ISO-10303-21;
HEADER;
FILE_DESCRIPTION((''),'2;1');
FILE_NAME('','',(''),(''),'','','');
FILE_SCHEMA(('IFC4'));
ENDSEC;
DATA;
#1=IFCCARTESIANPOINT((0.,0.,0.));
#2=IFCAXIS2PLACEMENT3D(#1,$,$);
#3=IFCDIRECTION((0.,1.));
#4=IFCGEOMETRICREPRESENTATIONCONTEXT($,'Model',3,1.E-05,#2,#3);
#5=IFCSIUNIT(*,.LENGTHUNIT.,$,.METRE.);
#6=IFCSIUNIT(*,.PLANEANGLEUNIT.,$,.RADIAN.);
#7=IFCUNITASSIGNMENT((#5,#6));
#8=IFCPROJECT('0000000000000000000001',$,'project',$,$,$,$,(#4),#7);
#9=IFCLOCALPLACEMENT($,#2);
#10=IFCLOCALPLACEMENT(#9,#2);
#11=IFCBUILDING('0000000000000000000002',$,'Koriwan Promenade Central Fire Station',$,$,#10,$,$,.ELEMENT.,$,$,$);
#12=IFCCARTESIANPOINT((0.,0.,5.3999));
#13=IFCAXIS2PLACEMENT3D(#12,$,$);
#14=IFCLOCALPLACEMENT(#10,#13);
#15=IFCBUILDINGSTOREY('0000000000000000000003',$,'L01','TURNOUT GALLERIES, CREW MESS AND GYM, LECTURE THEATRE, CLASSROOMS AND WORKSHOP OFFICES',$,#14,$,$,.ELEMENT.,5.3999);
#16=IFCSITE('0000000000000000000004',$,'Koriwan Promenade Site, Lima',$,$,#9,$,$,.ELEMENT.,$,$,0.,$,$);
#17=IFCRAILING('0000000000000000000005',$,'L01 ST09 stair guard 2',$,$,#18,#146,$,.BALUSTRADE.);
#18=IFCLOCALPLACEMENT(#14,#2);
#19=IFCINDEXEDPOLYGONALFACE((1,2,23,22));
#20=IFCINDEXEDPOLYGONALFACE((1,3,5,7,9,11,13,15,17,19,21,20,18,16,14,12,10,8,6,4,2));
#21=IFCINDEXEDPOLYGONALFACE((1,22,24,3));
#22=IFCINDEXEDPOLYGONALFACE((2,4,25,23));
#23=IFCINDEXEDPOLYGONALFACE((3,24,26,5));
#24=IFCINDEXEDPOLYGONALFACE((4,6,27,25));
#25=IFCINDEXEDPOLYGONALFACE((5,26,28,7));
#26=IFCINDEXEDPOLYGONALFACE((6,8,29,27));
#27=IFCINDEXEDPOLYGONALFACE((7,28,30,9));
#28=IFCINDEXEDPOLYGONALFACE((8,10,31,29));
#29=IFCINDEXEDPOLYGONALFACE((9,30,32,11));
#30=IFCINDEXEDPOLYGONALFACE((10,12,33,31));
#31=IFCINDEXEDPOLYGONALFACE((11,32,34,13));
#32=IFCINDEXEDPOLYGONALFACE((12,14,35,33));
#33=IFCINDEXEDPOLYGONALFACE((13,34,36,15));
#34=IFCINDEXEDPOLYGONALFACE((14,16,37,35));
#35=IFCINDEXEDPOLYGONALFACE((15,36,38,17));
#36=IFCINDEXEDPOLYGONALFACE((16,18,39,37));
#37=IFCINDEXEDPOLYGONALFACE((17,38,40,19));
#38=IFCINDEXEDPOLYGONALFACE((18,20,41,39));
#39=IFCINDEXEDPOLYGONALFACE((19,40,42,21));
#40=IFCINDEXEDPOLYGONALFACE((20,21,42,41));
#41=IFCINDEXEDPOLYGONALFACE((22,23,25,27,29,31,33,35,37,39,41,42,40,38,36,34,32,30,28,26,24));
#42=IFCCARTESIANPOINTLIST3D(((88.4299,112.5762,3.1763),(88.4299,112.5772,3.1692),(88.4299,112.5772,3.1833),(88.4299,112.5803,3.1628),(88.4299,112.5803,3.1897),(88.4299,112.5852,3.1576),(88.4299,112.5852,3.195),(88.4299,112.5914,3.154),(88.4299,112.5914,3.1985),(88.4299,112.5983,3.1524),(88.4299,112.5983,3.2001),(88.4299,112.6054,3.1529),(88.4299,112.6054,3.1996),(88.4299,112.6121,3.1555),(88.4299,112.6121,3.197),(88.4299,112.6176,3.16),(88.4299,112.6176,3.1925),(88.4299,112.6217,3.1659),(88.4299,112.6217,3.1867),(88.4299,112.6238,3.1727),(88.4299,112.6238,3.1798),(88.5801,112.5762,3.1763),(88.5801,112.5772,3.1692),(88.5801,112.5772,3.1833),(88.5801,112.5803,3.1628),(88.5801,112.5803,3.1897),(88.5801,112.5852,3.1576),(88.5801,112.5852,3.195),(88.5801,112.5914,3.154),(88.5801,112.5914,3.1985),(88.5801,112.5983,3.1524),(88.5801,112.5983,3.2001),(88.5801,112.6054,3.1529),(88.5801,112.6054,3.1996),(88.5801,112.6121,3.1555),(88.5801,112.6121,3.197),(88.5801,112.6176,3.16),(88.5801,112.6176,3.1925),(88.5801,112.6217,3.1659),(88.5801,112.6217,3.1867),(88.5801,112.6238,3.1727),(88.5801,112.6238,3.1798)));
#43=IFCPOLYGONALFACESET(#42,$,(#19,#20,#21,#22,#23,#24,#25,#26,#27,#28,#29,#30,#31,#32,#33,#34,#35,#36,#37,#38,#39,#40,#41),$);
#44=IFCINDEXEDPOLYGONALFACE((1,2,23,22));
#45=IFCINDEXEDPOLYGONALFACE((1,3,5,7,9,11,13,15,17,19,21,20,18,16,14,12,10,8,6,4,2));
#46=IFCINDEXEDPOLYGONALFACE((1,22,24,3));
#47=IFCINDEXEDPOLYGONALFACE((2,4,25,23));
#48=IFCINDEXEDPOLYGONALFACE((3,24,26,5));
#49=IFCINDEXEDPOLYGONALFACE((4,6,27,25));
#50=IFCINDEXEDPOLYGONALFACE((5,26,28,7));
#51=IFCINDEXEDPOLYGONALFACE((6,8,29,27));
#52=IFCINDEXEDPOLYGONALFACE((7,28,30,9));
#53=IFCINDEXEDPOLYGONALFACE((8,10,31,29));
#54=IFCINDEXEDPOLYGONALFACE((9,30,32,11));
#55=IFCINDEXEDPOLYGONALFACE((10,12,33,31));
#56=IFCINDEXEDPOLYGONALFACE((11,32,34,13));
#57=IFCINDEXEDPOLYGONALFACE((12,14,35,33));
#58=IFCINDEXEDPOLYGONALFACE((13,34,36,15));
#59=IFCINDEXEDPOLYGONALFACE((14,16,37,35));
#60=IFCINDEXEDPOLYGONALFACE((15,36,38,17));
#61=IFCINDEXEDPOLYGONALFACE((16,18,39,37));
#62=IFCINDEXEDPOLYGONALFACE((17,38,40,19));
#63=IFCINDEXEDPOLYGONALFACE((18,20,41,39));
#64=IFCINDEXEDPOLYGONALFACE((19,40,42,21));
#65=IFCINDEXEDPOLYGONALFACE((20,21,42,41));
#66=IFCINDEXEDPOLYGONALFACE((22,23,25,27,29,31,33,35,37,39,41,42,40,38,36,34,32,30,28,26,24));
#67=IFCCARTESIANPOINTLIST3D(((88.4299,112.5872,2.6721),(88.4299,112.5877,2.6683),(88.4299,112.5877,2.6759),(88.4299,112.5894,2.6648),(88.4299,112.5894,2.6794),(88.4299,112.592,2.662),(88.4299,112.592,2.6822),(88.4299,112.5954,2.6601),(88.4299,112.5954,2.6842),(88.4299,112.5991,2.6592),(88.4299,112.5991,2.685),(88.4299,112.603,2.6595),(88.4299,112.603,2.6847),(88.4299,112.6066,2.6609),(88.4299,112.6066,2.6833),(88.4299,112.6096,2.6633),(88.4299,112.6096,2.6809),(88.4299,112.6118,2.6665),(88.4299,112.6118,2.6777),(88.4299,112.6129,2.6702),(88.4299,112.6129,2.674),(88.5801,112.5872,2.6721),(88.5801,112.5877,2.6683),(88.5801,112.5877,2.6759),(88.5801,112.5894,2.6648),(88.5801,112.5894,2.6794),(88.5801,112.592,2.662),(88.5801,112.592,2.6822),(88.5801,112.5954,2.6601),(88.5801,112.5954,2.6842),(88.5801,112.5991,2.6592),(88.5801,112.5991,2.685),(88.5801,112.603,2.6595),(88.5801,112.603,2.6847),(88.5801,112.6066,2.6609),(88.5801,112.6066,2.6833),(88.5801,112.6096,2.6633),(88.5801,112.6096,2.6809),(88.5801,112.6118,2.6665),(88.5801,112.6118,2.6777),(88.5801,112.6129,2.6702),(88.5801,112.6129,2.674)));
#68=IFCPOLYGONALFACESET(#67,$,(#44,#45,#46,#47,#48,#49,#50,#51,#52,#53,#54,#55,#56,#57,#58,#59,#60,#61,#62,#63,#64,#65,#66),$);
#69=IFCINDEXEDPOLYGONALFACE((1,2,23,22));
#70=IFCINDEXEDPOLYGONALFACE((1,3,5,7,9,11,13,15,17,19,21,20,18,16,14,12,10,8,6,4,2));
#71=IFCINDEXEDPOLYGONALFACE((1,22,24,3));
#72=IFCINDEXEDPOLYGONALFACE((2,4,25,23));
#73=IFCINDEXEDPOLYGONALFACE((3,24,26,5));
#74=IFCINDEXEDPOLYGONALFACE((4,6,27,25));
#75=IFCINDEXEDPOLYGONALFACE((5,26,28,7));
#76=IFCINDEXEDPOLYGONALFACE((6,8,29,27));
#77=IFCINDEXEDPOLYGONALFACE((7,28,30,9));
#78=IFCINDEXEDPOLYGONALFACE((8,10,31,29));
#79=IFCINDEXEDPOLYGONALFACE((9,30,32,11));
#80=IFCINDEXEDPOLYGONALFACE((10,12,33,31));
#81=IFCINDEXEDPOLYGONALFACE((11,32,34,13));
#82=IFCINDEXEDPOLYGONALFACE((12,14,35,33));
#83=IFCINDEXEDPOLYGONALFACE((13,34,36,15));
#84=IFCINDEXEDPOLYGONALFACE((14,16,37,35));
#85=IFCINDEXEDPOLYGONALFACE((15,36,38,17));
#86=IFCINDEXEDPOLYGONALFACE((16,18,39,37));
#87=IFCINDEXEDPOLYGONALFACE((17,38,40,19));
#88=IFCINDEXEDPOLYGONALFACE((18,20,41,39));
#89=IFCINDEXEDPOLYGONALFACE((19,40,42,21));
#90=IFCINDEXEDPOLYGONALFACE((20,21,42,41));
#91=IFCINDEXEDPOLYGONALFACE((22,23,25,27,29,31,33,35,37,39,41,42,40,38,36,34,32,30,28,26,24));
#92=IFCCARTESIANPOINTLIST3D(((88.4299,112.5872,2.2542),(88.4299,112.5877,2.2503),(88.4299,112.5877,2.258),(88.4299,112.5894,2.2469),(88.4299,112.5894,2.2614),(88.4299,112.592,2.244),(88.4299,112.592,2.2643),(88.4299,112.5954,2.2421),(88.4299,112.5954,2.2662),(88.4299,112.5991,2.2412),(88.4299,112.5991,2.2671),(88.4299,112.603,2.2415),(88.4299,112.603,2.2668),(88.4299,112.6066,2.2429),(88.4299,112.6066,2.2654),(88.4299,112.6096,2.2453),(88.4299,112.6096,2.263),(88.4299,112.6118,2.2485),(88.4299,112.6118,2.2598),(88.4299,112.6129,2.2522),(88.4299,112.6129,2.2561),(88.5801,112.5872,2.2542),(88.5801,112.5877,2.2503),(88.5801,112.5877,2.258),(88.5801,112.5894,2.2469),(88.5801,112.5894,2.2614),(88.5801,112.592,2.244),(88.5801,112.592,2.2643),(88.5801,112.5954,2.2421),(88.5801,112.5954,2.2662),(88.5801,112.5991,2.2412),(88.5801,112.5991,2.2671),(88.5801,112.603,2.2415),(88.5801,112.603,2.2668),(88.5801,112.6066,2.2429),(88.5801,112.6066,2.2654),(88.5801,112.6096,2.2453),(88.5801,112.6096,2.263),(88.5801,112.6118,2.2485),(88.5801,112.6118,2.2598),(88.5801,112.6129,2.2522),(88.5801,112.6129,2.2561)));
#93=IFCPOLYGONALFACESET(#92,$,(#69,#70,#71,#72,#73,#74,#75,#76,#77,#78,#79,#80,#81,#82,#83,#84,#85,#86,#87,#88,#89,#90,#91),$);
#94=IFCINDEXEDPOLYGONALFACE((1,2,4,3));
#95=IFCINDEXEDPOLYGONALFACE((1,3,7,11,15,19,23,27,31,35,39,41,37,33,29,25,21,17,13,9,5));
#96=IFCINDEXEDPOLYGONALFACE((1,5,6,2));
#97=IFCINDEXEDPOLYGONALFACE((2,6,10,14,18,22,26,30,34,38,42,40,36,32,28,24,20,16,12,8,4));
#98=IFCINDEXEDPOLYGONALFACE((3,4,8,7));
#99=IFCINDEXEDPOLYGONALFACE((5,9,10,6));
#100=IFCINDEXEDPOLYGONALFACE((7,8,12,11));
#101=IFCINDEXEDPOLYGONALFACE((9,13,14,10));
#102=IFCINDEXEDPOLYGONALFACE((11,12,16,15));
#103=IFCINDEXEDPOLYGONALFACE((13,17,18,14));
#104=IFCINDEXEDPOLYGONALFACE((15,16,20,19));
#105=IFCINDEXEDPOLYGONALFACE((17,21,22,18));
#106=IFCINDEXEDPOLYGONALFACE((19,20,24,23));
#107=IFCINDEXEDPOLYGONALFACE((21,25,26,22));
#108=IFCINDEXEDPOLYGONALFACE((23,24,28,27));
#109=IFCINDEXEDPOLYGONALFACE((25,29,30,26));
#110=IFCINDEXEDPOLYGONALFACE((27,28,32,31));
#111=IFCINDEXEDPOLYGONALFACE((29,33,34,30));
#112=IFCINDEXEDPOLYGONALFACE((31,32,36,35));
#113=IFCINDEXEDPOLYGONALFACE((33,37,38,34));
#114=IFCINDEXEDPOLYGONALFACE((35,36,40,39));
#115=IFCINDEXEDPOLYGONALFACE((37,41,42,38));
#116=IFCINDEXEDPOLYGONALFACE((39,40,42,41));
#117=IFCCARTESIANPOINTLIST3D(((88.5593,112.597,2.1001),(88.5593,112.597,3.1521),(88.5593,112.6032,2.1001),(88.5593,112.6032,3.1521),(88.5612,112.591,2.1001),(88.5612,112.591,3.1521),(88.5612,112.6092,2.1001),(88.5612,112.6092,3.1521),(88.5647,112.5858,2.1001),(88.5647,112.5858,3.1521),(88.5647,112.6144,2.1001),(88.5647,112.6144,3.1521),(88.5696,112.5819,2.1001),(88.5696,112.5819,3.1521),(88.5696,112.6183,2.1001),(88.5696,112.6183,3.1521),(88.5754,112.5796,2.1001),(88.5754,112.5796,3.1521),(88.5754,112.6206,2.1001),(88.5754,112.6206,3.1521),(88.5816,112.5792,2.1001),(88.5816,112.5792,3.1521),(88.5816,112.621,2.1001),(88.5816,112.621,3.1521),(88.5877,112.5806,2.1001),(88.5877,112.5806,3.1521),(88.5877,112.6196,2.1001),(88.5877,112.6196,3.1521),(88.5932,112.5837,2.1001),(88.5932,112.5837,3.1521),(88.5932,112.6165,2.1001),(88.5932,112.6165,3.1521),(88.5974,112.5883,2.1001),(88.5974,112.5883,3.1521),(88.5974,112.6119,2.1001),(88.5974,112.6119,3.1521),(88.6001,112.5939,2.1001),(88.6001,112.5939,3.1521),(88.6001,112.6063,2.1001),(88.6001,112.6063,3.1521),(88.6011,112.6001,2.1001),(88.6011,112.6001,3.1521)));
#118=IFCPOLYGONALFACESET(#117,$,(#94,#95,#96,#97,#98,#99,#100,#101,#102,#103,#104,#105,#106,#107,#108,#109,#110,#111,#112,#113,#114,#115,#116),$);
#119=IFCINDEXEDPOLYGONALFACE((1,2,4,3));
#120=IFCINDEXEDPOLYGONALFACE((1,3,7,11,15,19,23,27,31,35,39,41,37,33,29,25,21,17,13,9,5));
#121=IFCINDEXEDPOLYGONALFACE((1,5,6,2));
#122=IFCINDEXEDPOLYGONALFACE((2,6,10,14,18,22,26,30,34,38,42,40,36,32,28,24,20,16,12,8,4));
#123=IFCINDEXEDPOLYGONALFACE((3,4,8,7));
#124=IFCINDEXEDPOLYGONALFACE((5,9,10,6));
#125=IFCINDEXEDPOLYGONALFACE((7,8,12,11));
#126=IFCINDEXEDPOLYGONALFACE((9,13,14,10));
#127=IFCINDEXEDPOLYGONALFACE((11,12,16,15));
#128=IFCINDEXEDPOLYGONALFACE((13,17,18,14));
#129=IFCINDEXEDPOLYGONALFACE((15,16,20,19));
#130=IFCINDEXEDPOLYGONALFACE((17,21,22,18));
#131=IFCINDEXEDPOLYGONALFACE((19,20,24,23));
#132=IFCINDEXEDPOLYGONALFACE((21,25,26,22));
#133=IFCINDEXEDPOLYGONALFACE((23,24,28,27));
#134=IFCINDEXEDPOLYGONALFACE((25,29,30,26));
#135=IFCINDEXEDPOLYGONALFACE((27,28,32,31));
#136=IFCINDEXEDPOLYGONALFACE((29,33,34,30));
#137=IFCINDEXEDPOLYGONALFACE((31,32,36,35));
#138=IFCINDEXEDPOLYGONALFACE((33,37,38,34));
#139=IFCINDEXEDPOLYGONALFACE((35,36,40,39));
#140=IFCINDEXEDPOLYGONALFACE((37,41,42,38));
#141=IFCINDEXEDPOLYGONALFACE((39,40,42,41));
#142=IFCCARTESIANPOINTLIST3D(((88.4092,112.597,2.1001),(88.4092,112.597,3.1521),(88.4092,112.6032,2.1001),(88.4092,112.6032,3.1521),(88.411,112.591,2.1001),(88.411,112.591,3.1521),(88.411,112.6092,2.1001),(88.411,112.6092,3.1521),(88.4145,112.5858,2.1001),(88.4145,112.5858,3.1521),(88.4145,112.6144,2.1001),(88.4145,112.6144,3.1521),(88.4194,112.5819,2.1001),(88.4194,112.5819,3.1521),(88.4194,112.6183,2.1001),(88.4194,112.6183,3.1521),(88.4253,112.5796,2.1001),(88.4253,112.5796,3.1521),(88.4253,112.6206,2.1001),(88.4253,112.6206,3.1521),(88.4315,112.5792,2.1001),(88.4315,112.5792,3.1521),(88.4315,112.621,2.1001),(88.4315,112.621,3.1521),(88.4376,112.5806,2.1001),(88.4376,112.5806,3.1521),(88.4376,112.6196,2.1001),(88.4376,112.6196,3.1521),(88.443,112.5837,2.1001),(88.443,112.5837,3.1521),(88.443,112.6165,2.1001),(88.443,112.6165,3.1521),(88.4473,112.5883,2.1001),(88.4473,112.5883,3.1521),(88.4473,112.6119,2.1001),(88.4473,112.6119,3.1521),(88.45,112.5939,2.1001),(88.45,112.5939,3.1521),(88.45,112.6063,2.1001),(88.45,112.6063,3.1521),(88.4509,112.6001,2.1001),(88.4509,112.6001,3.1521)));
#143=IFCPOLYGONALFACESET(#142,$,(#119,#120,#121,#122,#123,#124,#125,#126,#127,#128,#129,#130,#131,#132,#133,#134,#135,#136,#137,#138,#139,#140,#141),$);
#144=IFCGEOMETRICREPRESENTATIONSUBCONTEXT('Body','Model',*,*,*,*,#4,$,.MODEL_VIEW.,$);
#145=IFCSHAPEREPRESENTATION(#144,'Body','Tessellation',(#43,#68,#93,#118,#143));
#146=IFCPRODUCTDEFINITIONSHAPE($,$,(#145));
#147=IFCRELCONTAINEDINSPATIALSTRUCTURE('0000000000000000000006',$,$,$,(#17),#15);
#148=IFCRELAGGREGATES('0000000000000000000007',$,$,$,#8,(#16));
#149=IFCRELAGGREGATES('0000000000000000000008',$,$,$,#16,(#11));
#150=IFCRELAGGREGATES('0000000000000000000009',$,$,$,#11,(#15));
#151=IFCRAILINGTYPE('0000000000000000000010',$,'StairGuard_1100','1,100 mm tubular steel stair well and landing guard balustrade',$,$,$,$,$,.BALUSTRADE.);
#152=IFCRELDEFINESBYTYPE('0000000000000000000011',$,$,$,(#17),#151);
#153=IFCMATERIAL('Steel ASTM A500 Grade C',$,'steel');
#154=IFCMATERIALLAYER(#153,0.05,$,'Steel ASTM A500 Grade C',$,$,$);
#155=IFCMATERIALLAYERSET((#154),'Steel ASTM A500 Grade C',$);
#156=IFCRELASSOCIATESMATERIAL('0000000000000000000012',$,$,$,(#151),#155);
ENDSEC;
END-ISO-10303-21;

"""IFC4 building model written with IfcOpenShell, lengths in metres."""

from ifc_helpers import new_model, si_unit, direction, frame, origin, origin_2d, place, context, subcontext, project, spatial, circle, extrude, material, layer, layer_set, type_object, element, save


model = new_model("IFC4")

# Units and contexts
model_context = context("Model", 3, precision=1e-05, world=origin(), true_north=direction((0.0, 1.0)))
body_context = subcontext(model_context, "Body", "Model", "MODEL_VIEW")
ifc_project = project(units=[si_unit("LENGTHUNIT", "METRE"), si_unit("PLANEANGLEUNIT", "RADIAN")], contexts=[model_context])

# Site, building, storey
site_placement = place(None, origin())
site = spatial("IfcSite", under=ifc_project, at=site_placement, Name="Koriwan Promenade Site, Lima", CompositionType="ELEMENT", RefElevation=0.0)
building_placement = place(site_placement, origin())
building = spatial("IfcBuilding", under=site, at=building_placement, Name="Koriwan Promenade Central Fire Station", CompositionType="ELEMENT")
storey_placement = place(building_placement, frame((0.0, 0.0, 5.3999)))
storey = spatial("IfcBuildingStorey", under=building, at=storey_placement, Name="L01", Description="TURNOUT GALLERIES, CREW MESS AND GYM, LECTURE THEATRE, CLASSROOMS AND WORKSHOP OFFICES", CompositionType="ELEMENT", Elevation=5.3999)

# Railing
ifc_material_1 = material(Name="Steel ASTM A500 Grade C", Category="steel")
ifc_layer_1 = layer(ifc_material_1, 0.05, Name="Steel ASTM A500 Grade C")
ifc_layer_set_1 = layer_set([ifc_layer_1], Name="Steel ASTM A500 Grade C")
railing_type_1 = type_object("IfcRailingType", Name="StairGuard_1100", Description="1,100 mm tubular steel stair well and landing guard balustrade", PredefinedType="BALUSTRADE", material=ifc_layer_set_1)
railing_1_placement = place(storey_placement, frame((88.5801, 112.6001, 2.1001)))
element("IfcRailing", 1, at=railing_1_placement, inside=storey, type_object=railing_type_1, Name="L01 ST09 stair guard 2", PredefinedType="BALUSTRADE", context=body_context, shape_type="SweptSolid", body=[
    extrude(circle(Radius=0.0239, at=origin_2d()), frame((0.0, 0.0, 1.0762), z_axis=(-1.0, 0.0, 0.0), x_axis=(0.0, -1.0, 0.0)), (0.0, 0.0, 1.0), 0.1501),
    extrude(circle(Radius=0.0129, at=origin_2d()), frame((0.0, 0.0, 0.572), z_axis=(-1.0, 0.0, 0.0), x_axis=(0.0, -1.0, 0.0)), (0.0, 0.0, 1.0), 0.1501),
    extrude(circle(Radius=0.0129, at=origin_2d()), frame((0.0, 0.0, 0.1541), z_axis=(-1.0, 0.0, 0.0), x_axis=(0.0, -1.0, 0.0)), (0.0, 0.0, 1.0), 0.1501),
    extrude(circle(Radius=0.021, at=origin_2d()), origin(), (0.0, 0.0, 1.0), 1.052),
    extrude(circle(Radius=0.021, at=origin_2d()), frame((-0.1501, 0.0, 0.0)), (0.0, 0.0, 1.0), 1.052),
])

save(model, "model.ifc")
